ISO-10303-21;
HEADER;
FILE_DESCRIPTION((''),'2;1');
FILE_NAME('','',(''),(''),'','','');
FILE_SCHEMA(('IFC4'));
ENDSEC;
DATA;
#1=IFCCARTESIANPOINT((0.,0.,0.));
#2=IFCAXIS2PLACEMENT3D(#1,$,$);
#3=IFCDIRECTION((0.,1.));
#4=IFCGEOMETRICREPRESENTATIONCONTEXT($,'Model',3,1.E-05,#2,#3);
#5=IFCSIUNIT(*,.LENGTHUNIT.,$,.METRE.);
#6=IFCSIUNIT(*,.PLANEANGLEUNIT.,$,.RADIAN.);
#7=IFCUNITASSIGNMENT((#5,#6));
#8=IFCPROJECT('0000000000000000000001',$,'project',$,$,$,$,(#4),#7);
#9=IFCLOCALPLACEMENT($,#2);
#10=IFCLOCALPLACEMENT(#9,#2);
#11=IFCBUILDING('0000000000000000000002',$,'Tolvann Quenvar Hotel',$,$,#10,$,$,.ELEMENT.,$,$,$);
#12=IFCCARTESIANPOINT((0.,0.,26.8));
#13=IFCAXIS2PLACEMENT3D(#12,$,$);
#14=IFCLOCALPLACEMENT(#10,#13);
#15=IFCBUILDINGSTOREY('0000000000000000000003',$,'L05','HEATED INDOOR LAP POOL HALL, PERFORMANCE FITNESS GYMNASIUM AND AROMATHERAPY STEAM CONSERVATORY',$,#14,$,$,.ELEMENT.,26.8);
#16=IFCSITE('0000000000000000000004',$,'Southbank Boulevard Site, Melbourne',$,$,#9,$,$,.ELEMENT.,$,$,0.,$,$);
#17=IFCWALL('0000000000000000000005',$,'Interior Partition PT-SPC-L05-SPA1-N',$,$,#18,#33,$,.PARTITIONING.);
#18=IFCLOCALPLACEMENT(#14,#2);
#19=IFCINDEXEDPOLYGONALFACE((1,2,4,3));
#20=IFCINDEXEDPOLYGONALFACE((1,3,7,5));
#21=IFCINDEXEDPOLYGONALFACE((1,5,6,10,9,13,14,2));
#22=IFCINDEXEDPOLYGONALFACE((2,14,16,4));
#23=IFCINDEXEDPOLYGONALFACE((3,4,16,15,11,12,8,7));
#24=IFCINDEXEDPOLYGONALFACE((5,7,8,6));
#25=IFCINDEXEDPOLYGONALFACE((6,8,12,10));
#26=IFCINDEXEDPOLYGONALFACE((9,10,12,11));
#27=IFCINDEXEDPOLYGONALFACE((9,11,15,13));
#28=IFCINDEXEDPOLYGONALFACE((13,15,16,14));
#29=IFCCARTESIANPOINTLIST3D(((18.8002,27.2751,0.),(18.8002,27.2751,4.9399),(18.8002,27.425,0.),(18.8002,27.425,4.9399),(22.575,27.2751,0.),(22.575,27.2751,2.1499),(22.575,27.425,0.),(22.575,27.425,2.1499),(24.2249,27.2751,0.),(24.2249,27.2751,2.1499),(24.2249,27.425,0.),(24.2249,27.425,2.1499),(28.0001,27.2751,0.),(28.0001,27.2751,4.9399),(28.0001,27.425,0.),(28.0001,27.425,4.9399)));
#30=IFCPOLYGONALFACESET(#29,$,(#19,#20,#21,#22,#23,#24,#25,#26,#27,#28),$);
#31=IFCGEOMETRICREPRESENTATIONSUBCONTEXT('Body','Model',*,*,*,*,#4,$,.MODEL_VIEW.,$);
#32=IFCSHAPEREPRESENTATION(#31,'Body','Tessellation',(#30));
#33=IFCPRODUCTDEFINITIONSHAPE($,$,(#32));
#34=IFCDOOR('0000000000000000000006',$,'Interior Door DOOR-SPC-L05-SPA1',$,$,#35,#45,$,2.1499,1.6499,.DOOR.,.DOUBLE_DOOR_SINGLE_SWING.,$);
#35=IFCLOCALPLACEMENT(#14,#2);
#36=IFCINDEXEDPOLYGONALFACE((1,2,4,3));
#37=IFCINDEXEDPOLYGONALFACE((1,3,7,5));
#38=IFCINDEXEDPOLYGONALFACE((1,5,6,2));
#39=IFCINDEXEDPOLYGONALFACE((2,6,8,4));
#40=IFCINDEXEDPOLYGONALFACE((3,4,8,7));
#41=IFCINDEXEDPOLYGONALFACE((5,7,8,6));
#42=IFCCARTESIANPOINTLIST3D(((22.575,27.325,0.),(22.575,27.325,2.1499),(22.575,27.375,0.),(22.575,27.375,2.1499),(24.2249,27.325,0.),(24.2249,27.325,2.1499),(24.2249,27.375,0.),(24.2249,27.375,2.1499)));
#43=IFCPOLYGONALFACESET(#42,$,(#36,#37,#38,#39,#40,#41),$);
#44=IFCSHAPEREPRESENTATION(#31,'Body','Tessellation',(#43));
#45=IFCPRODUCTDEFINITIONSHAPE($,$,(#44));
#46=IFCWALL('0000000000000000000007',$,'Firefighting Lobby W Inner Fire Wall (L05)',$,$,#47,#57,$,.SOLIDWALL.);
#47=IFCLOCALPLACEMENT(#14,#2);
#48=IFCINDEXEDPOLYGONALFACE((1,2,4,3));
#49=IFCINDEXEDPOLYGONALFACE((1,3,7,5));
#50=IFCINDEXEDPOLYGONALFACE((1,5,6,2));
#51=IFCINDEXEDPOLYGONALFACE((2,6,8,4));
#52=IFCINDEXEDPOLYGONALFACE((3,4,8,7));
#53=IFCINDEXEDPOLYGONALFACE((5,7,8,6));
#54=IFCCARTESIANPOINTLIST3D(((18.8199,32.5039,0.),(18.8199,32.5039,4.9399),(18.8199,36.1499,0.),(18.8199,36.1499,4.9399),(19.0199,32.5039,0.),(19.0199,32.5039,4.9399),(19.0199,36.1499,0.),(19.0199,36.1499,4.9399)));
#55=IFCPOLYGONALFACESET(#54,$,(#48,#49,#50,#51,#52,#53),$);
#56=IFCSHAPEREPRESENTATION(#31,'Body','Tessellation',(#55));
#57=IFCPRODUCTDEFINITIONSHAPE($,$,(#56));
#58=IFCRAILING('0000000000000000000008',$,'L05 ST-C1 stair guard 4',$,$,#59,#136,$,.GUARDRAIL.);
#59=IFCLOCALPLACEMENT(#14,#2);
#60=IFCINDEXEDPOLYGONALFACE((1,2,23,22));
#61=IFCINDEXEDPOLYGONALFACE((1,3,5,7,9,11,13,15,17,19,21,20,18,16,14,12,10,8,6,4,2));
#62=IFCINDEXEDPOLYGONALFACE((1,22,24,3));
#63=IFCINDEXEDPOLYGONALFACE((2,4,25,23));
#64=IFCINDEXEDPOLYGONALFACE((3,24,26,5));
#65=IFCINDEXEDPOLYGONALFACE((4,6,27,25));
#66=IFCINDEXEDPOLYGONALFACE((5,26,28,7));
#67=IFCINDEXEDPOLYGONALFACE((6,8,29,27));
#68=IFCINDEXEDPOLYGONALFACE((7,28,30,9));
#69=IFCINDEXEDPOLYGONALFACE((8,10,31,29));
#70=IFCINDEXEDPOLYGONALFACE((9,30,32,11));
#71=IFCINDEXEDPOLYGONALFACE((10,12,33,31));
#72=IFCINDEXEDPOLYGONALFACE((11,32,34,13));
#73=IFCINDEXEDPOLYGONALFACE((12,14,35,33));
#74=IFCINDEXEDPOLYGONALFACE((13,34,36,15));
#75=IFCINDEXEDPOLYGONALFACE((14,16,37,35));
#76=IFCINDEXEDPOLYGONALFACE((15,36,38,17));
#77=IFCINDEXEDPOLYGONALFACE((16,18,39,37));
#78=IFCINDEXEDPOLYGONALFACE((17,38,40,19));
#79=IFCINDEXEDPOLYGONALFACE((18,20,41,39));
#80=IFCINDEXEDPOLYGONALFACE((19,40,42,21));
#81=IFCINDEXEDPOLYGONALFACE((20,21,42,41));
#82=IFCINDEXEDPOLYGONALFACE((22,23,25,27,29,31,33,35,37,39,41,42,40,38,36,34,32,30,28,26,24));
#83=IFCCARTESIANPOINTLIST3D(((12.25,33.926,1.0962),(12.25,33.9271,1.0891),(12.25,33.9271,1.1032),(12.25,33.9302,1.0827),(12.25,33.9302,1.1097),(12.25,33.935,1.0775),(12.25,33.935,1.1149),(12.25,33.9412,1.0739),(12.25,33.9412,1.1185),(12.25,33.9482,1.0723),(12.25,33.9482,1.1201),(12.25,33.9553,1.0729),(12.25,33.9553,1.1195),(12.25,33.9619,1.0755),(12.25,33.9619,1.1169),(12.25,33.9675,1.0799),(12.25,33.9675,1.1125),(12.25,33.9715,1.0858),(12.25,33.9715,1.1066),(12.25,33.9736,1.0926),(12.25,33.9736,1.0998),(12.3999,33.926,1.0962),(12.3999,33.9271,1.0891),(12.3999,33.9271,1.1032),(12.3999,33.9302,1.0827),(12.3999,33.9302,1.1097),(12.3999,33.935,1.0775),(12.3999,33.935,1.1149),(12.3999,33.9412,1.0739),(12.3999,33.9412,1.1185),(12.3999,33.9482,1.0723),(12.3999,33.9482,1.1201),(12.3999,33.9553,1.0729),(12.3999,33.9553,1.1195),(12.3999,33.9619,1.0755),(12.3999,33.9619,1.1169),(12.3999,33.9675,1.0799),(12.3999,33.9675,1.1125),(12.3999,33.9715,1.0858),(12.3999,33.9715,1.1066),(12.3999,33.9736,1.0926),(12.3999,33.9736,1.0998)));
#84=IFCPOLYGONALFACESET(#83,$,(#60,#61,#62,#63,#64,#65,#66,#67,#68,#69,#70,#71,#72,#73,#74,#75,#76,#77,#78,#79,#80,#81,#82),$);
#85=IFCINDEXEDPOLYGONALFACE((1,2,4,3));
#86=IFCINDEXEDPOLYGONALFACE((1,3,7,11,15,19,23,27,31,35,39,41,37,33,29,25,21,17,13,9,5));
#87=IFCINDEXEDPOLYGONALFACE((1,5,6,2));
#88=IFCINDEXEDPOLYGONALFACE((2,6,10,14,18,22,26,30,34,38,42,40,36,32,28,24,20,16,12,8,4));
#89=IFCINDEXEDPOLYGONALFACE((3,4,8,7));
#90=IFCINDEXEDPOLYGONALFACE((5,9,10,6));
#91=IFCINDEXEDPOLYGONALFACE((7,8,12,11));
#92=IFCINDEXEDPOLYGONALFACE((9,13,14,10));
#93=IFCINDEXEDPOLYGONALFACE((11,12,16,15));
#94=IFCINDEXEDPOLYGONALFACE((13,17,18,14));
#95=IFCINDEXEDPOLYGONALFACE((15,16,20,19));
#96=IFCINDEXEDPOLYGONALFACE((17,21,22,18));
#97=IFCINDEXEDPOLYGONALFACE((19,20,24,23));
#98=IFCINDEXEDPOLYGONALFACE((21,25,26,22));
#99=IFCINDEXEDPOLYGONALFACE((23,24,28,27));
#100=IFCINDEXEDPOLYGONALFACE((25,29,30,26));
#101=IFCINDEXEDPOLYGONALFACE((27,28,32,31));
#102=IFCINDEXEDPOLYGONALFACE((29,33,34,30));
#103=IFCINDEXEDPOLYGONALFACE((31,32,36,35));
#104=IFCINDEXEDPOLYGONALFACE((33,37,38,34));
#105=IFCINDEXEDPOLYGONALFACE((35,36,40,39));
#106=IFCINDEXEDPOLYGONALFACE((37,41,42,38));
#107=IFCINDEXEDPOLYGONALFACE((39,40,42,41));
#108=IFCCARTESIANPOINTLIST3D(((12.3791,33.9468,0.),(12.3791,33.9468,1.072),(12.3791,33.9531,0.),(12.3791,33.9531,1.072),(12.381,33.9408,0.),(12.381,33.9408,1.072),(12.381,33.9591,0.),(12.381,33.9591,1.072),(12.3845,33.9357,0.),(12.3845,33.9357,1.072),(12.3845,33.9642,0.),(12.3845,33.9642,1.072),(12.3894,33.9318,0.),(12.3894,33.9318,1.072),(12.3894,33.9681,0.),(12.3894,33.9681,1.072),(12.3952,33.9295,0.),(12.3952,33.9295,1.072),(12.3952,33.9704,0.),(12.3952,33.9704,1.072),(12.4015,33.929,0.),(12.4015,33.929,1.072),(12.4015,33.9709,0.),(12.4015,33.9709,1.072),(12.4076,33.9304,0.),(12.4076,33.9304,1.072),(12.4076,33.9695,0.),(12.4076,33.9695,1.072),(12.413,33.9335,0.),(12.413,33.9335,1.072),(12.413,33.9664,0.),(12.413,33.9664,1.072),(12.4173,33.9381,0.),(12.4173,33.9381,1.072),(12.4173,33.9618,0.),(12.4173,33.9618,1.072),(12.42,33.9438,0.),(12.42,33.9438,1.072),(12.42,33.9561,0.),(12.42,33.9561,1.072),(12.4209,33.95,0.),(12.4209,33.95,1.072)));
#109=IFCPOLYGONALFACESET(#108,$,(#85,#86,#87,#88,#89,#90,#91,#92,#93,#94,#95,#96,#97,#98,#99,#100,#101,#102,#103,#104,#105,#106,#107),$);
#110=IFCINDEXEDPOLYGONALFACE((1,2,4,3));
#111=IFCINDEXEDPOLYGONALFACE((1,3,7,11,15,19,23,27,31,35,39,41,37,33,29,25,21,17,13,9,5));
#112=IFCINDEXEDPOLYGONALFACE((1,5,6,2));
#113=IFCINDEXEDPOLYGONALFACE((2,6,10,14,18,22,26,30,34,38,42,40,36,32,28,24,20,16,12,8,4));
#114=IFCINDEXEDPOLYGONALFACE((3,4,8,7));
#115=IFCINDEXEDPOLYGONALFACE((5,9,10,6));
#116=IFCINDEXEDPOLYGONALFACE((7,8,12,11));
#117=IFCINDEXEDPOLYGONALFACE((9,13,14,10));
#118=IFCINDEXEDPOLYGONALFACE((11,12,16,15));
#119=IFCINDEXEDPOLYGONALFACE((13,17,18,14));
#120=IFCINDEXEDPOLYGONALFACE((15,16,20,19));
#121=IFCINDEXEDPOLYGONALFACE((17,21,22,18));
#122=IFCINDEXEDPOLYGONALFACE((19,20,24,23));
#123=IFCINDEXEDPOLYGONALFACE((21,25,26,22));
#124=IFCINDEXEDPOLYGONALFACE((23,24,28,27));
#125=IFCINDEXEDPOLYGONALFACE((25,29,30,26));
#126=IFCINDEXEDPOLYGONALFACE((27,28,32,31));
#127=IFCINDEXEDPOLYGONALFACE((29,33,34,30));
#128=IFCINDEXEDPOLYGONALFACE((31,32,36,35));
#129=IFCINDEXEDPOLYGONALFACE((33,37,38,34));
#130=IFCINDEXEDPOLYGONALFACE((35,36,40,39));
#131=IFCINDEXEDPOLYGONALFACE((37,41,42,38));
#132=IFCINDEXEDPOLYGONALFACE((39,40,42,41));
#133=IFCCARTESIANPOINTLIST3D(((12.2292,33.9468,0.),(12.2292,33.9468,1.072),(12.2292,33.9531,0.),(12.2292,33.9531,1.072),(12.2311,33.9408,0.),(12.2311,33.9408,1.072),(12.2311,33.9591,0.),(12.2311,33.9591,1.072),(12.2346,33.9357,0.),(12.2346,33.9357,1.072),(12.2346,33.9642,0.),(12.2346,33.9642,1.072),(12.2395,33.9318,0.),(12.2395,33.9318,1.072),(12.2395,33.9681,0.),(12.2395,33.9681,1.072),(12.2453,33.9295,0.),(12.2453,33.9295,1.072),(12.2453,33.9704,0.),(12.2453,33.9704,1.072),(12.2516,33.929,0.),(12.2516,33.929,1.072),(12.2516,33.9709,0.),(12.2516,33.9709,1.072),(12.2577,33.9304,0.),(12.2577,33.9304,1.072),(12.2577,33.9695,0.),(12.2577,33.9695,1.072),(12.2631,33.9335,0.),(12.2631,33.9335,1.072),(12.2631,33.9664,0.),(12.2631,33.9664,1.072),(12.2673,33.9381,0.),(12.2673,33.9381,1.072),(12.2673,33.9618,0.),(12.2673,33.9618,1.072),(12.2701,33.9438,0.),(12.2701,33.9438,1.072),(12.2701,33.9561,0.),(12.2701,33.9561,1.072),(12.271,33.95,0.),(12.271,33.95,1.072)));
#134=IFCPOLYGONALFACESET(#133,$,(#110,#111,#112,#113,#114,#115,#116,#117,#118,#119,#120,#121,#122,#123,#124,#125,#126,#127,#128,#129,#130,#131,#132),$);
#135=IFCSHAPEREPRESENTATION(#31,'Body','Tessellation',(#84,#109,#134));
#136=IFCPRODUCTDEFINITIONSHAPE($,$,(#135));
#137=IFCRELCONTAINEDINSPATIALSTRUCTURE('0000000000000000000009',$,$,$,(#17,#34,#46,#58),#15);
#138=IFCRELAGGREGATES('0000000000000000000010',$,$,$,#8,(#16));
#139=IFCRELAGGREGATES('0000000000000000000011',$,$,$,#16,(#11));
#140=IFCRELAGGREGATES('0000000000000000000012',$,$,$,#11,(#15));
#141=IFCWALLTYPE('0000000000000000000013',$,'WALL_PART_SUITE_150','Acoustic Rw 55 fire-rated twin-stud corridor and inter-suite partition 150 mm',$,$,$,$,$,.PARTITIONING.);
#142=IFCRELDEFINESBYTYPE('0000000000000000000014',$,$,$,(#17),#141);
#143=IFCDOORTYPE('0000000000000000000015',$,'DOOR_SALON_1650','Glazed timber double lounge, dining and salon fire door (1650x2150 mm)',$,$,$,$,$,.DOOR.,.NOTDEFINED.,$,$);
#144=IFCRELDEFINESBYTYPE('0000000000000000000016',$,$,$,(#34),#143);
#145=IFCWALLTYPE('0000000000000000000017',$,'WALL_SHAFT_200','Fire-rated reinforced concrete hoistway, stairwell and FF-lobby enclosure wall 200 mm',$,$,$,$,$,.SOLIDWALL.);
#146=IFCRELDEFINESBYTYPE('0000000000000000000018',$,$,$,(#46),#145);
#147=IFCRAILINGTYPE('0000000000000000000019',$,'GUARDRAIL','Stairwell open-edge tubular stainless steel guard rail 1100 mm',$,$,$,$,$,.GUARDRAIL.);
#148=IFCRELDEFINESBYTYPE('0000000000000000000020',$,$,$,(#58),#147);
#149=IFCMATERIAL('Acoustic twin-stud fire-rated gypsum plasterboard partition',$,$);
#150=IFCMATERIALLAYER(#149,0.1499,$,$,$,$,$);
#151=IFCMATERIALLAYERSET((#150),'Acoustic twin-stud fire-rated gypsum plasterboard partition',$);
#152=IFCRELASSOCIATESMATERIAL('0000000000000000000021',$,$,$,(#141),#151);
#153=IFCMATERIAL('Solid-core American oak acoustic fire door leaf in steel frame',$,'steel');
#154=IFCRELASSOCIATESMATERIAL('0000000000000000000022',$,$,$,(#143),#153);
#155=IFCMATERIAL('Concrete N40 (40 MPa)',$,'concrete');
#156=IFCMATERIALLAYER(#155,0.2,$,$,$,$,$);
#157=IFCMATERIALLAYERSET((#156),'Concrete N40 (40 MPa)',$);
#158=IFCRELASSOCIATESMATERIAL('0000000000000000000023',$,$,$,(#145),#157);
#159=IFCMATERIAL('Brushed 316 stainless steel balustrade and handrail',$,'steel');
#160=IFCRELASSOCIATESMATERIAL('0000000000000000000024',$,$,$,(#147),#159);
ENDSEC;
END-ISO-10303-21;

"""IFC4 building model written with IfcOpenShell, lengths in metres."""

from ifc_helpers import new_model, si_unit, direction, frame, frame_2d, origin, origin_2d, place, context, subcontext, project, spatial, rectangle, circle, extrude, source, transform, mapped, material, layer, layer_set, type_object, type_shapes, element, fill, save


model = new_model("IFC4")

# Units and contexts
model_context = context("Model", 3, precision=1e-05, world=origin(), true_north=direction((0.0, 1.0)))
body_context = subcontext(model_context, "Body", "Model", "MODEL_VIEW")
ifc_project = project(units=[si_unit("LENGTHUNIT", "METRE"), si_unit("PLANEANGLEUNIT", "RADIAN")], contexts=[model_context])

# Site, building, storey
site_placement = place(None, origin())
site = spatial("IfcSite", under=ifc_project, at=site_placement, Name="Southbank Boulevard Site, Melbourne", CompositionType="ELEMENT", RefElevation=0.0)
building_placement = place(site_placement, origin())
building = spatial("IfcBuilding", under=site, at=building_placement, Name="Tolvann Quenvar Hotel", CompositionType="ELEMENT")
storey_placement = place(building_placement, frame((0.0, 0.0, 26.8)))
storey = spatial("IfcBuildingStorey", under=building, at=storey_placement, Name="L05", Description="HEATED INDOOR LAP POOL HALL, PERFORMANCE FITNESS GYMNASIUM AND AROMATHERAPY STEAM CONSERVATORY", CompositionType="ELEMENT", Elevation=26.8)

# Shared definitions
ifc_material_1 = material(Name="Acoustic twin-stud fire-rated gypsum plasterboard partition")
ifc_layer_1 = layer(ifc_material_1, 0.1499)
ifc_layer_set_1 = layer_set([ifc_layer_1], Name="Acoustic twin-stud fire-rated gypsum plasterboard partition")
wall_type_1 = type_object("IfcWallType", Name="WALL_PART_SUITE_150", Description="Acoustic Rw 55 fire-rated twin-stud corridor and inter-suite partition 150 mm", PredefinedType="PARTITIONING", material=ifc_layer_set_1)

# Wall, opening, door
wall_1_placement = place(storey_placement, frame((18.8, 27.3501, 0.0), z_axis=(0.0, 0.0, 1.0), x_axis=(1.0, 0.0, 0.0)))
wall_1 = element("IfcWall", 1, at=wall_1_placement, inside=storey, type_object=wall_type_1, Name="Interior Partition PT-SPC-L05-SPA1-N", PredefinedType="PARTITIONING", context=body_context, shape_type="SweptSolid", body=[
    extrude(rectangle(XDim=9.2, YDim=0.1499, at=frame_2d((4.6001, 0.0))), origin(), (0.0, 0.0, 1.0), 4.9399),
])
opening_1_placement = place(wall_1_placement, frame((3.7749, 0.0, 0.0)))
opening_1 = element("IfcOpeningElement", 2, at=opening_1_placement, cuts=wall_1, PredefinedType="OPENING", context=body_context, shape_type="SweptSolid", body=[
    extrude(rectangle(XDim=1.6499, YDim=2.1499, at=frame_2d((0.825, 1.075))), frame((0.0, 0.085, 0.0), z_axis=(0.0, -1.0, 0.0), x_axis=(1.0, 0.0, 0.0)), (0.0, 0.0, 1.0), 0.1699),
])
ifc_material_2 = material(Name="Solid-core American oak acoustic fire door leaf in steel frame", Category="steel")
door_type_1 = type_object("IfcDoorType", Name="DOOR_SALON_1650", Description="Glazed timber double lounge, dining and salon fire door (1650x2150 mm)", OperationType="NOTDEFINED", PredefinedType="DOOR", material=ifc_material_2)
shared_shape_1 = source(origin(), body_context, "Body", "SweptSolid", [
    extrude(rectangle(XDim=1.6499, YDim=2.1499, at=frame_2d((0.825, 1.075))), frame((0.0, 0.0249, 0.0), z_axis=(0.0, -1.0, 0.0), x_axis=(1.0, 0.0, 0.0)), (0.0, 0.0, 1.0), 0.05),
])
type_shapes(door_type_1, [shared_shape_1])
door_1_placement = place(opening_1_placement, origin())
door_1 = element("IfcDoor", 3, at=door_1_placement, inside=storey, type_object=door_type_1, Name="Interior Door DOOR-SPC-L05-SPA1", OperationType="DOUBLE_DOOR_SINGLE_SWING", OverallHeight=2.1499, OverallWidth=1.6499, PredefinedType="DOOR", context=body_context, shape_type="MappedRepresentation", body=[
    mapped(shared_shape_1, transform((0.0, 0.0, 0.0), x_axis=(1.0, 0.0, 0.0), y_axis=(0.0, 1.0, 0.0), z_axis=(0.0, 0.0, 1.0), scale=1.0)),
])
fill(opening_1, door_1)

# Wall
ifc_material_3 = material(Name="Concrete N40 (40 MPa)", Category="concrete")
ifc_layer_2 = layer(ifc_material_3, 0.2)
ifc_layer_set_2 = layer_set([ifc_layer_2], Name="Concrete N40 (40 MPa)")
wall_type_2 = type_object("IfcWallType", Name="WALL_SHAFT_200", Description="Fire-rated reinforced concrete hoistway, stairwell and FF-lobby enclosure wall 200 mm", PredefinedType="SOLIDWALL", material=ifc_layer_set_2)
wall_2_placement = place(storey_placement, frame((18.9199, 32.5039, 0.0), z_axis=(0.0, 0.0, 1.0), x_axis=(0.0, 1.0, 0.0)))
element("IfcWall", 4, at=wall_2_placement, inside=storey, type_object=wall_type_2, Name="Firefighting Lobby W Inner Fire Wall (L05)", PredefinedType="SOLIDWALL", context=body_context, shape_type="SweptSolid", body=[
    extrude(rectangle(XDim=3.646, YDim=0.2, at=frame_2d((1.823, 0.0))), origin(), (0.0, 0.0, 1.0), 4.9399),
])

# Railing
ifc_material_4 = material(Name="Brushed 316 stainless steel balustrade and handrail", Category="steel")
railing_type = type_object("IfcRailingType", Name="GUARDRAIL", Description="Stairwell open-edge tubular stainless steel guard rail 1100 mm", PredefinedType="GUARDRAIL", material=ifc_material_4)
railing_placement = place(storey_placement, frame((12.3999, 33.95, 0.0)))
element("IfcRailing", 5, at=railing_placement, inside=storey, type_object=railing_type, Name="L05 ST-C1 stair guard 4", PredefinedType="GUARDRAIL", context=body_context, shape_type="SweptSolid", body=[
    extrude(circle(Radius=0.0239, at=origin_2d()), frame((0.0, 0.0, 1.0962), z_axis=(-1.0, 0.0, 0.0), x_axis=(0.0, -1.0, 0.0)), (0.0, 0.0, 1.0), 0.1499),
    extrude(circle(Radius=0.021, at=origin_2d()), origin(), (0.0, 0.0, 1.0), 1.072),
    extrude(circle(Radius=0.021, at=origin_2d()), frame((-0.1499, 0.0, 0.0)), (0.0, 0.0, 1.0), 1.072),
])

save(model, "model.ifc")
